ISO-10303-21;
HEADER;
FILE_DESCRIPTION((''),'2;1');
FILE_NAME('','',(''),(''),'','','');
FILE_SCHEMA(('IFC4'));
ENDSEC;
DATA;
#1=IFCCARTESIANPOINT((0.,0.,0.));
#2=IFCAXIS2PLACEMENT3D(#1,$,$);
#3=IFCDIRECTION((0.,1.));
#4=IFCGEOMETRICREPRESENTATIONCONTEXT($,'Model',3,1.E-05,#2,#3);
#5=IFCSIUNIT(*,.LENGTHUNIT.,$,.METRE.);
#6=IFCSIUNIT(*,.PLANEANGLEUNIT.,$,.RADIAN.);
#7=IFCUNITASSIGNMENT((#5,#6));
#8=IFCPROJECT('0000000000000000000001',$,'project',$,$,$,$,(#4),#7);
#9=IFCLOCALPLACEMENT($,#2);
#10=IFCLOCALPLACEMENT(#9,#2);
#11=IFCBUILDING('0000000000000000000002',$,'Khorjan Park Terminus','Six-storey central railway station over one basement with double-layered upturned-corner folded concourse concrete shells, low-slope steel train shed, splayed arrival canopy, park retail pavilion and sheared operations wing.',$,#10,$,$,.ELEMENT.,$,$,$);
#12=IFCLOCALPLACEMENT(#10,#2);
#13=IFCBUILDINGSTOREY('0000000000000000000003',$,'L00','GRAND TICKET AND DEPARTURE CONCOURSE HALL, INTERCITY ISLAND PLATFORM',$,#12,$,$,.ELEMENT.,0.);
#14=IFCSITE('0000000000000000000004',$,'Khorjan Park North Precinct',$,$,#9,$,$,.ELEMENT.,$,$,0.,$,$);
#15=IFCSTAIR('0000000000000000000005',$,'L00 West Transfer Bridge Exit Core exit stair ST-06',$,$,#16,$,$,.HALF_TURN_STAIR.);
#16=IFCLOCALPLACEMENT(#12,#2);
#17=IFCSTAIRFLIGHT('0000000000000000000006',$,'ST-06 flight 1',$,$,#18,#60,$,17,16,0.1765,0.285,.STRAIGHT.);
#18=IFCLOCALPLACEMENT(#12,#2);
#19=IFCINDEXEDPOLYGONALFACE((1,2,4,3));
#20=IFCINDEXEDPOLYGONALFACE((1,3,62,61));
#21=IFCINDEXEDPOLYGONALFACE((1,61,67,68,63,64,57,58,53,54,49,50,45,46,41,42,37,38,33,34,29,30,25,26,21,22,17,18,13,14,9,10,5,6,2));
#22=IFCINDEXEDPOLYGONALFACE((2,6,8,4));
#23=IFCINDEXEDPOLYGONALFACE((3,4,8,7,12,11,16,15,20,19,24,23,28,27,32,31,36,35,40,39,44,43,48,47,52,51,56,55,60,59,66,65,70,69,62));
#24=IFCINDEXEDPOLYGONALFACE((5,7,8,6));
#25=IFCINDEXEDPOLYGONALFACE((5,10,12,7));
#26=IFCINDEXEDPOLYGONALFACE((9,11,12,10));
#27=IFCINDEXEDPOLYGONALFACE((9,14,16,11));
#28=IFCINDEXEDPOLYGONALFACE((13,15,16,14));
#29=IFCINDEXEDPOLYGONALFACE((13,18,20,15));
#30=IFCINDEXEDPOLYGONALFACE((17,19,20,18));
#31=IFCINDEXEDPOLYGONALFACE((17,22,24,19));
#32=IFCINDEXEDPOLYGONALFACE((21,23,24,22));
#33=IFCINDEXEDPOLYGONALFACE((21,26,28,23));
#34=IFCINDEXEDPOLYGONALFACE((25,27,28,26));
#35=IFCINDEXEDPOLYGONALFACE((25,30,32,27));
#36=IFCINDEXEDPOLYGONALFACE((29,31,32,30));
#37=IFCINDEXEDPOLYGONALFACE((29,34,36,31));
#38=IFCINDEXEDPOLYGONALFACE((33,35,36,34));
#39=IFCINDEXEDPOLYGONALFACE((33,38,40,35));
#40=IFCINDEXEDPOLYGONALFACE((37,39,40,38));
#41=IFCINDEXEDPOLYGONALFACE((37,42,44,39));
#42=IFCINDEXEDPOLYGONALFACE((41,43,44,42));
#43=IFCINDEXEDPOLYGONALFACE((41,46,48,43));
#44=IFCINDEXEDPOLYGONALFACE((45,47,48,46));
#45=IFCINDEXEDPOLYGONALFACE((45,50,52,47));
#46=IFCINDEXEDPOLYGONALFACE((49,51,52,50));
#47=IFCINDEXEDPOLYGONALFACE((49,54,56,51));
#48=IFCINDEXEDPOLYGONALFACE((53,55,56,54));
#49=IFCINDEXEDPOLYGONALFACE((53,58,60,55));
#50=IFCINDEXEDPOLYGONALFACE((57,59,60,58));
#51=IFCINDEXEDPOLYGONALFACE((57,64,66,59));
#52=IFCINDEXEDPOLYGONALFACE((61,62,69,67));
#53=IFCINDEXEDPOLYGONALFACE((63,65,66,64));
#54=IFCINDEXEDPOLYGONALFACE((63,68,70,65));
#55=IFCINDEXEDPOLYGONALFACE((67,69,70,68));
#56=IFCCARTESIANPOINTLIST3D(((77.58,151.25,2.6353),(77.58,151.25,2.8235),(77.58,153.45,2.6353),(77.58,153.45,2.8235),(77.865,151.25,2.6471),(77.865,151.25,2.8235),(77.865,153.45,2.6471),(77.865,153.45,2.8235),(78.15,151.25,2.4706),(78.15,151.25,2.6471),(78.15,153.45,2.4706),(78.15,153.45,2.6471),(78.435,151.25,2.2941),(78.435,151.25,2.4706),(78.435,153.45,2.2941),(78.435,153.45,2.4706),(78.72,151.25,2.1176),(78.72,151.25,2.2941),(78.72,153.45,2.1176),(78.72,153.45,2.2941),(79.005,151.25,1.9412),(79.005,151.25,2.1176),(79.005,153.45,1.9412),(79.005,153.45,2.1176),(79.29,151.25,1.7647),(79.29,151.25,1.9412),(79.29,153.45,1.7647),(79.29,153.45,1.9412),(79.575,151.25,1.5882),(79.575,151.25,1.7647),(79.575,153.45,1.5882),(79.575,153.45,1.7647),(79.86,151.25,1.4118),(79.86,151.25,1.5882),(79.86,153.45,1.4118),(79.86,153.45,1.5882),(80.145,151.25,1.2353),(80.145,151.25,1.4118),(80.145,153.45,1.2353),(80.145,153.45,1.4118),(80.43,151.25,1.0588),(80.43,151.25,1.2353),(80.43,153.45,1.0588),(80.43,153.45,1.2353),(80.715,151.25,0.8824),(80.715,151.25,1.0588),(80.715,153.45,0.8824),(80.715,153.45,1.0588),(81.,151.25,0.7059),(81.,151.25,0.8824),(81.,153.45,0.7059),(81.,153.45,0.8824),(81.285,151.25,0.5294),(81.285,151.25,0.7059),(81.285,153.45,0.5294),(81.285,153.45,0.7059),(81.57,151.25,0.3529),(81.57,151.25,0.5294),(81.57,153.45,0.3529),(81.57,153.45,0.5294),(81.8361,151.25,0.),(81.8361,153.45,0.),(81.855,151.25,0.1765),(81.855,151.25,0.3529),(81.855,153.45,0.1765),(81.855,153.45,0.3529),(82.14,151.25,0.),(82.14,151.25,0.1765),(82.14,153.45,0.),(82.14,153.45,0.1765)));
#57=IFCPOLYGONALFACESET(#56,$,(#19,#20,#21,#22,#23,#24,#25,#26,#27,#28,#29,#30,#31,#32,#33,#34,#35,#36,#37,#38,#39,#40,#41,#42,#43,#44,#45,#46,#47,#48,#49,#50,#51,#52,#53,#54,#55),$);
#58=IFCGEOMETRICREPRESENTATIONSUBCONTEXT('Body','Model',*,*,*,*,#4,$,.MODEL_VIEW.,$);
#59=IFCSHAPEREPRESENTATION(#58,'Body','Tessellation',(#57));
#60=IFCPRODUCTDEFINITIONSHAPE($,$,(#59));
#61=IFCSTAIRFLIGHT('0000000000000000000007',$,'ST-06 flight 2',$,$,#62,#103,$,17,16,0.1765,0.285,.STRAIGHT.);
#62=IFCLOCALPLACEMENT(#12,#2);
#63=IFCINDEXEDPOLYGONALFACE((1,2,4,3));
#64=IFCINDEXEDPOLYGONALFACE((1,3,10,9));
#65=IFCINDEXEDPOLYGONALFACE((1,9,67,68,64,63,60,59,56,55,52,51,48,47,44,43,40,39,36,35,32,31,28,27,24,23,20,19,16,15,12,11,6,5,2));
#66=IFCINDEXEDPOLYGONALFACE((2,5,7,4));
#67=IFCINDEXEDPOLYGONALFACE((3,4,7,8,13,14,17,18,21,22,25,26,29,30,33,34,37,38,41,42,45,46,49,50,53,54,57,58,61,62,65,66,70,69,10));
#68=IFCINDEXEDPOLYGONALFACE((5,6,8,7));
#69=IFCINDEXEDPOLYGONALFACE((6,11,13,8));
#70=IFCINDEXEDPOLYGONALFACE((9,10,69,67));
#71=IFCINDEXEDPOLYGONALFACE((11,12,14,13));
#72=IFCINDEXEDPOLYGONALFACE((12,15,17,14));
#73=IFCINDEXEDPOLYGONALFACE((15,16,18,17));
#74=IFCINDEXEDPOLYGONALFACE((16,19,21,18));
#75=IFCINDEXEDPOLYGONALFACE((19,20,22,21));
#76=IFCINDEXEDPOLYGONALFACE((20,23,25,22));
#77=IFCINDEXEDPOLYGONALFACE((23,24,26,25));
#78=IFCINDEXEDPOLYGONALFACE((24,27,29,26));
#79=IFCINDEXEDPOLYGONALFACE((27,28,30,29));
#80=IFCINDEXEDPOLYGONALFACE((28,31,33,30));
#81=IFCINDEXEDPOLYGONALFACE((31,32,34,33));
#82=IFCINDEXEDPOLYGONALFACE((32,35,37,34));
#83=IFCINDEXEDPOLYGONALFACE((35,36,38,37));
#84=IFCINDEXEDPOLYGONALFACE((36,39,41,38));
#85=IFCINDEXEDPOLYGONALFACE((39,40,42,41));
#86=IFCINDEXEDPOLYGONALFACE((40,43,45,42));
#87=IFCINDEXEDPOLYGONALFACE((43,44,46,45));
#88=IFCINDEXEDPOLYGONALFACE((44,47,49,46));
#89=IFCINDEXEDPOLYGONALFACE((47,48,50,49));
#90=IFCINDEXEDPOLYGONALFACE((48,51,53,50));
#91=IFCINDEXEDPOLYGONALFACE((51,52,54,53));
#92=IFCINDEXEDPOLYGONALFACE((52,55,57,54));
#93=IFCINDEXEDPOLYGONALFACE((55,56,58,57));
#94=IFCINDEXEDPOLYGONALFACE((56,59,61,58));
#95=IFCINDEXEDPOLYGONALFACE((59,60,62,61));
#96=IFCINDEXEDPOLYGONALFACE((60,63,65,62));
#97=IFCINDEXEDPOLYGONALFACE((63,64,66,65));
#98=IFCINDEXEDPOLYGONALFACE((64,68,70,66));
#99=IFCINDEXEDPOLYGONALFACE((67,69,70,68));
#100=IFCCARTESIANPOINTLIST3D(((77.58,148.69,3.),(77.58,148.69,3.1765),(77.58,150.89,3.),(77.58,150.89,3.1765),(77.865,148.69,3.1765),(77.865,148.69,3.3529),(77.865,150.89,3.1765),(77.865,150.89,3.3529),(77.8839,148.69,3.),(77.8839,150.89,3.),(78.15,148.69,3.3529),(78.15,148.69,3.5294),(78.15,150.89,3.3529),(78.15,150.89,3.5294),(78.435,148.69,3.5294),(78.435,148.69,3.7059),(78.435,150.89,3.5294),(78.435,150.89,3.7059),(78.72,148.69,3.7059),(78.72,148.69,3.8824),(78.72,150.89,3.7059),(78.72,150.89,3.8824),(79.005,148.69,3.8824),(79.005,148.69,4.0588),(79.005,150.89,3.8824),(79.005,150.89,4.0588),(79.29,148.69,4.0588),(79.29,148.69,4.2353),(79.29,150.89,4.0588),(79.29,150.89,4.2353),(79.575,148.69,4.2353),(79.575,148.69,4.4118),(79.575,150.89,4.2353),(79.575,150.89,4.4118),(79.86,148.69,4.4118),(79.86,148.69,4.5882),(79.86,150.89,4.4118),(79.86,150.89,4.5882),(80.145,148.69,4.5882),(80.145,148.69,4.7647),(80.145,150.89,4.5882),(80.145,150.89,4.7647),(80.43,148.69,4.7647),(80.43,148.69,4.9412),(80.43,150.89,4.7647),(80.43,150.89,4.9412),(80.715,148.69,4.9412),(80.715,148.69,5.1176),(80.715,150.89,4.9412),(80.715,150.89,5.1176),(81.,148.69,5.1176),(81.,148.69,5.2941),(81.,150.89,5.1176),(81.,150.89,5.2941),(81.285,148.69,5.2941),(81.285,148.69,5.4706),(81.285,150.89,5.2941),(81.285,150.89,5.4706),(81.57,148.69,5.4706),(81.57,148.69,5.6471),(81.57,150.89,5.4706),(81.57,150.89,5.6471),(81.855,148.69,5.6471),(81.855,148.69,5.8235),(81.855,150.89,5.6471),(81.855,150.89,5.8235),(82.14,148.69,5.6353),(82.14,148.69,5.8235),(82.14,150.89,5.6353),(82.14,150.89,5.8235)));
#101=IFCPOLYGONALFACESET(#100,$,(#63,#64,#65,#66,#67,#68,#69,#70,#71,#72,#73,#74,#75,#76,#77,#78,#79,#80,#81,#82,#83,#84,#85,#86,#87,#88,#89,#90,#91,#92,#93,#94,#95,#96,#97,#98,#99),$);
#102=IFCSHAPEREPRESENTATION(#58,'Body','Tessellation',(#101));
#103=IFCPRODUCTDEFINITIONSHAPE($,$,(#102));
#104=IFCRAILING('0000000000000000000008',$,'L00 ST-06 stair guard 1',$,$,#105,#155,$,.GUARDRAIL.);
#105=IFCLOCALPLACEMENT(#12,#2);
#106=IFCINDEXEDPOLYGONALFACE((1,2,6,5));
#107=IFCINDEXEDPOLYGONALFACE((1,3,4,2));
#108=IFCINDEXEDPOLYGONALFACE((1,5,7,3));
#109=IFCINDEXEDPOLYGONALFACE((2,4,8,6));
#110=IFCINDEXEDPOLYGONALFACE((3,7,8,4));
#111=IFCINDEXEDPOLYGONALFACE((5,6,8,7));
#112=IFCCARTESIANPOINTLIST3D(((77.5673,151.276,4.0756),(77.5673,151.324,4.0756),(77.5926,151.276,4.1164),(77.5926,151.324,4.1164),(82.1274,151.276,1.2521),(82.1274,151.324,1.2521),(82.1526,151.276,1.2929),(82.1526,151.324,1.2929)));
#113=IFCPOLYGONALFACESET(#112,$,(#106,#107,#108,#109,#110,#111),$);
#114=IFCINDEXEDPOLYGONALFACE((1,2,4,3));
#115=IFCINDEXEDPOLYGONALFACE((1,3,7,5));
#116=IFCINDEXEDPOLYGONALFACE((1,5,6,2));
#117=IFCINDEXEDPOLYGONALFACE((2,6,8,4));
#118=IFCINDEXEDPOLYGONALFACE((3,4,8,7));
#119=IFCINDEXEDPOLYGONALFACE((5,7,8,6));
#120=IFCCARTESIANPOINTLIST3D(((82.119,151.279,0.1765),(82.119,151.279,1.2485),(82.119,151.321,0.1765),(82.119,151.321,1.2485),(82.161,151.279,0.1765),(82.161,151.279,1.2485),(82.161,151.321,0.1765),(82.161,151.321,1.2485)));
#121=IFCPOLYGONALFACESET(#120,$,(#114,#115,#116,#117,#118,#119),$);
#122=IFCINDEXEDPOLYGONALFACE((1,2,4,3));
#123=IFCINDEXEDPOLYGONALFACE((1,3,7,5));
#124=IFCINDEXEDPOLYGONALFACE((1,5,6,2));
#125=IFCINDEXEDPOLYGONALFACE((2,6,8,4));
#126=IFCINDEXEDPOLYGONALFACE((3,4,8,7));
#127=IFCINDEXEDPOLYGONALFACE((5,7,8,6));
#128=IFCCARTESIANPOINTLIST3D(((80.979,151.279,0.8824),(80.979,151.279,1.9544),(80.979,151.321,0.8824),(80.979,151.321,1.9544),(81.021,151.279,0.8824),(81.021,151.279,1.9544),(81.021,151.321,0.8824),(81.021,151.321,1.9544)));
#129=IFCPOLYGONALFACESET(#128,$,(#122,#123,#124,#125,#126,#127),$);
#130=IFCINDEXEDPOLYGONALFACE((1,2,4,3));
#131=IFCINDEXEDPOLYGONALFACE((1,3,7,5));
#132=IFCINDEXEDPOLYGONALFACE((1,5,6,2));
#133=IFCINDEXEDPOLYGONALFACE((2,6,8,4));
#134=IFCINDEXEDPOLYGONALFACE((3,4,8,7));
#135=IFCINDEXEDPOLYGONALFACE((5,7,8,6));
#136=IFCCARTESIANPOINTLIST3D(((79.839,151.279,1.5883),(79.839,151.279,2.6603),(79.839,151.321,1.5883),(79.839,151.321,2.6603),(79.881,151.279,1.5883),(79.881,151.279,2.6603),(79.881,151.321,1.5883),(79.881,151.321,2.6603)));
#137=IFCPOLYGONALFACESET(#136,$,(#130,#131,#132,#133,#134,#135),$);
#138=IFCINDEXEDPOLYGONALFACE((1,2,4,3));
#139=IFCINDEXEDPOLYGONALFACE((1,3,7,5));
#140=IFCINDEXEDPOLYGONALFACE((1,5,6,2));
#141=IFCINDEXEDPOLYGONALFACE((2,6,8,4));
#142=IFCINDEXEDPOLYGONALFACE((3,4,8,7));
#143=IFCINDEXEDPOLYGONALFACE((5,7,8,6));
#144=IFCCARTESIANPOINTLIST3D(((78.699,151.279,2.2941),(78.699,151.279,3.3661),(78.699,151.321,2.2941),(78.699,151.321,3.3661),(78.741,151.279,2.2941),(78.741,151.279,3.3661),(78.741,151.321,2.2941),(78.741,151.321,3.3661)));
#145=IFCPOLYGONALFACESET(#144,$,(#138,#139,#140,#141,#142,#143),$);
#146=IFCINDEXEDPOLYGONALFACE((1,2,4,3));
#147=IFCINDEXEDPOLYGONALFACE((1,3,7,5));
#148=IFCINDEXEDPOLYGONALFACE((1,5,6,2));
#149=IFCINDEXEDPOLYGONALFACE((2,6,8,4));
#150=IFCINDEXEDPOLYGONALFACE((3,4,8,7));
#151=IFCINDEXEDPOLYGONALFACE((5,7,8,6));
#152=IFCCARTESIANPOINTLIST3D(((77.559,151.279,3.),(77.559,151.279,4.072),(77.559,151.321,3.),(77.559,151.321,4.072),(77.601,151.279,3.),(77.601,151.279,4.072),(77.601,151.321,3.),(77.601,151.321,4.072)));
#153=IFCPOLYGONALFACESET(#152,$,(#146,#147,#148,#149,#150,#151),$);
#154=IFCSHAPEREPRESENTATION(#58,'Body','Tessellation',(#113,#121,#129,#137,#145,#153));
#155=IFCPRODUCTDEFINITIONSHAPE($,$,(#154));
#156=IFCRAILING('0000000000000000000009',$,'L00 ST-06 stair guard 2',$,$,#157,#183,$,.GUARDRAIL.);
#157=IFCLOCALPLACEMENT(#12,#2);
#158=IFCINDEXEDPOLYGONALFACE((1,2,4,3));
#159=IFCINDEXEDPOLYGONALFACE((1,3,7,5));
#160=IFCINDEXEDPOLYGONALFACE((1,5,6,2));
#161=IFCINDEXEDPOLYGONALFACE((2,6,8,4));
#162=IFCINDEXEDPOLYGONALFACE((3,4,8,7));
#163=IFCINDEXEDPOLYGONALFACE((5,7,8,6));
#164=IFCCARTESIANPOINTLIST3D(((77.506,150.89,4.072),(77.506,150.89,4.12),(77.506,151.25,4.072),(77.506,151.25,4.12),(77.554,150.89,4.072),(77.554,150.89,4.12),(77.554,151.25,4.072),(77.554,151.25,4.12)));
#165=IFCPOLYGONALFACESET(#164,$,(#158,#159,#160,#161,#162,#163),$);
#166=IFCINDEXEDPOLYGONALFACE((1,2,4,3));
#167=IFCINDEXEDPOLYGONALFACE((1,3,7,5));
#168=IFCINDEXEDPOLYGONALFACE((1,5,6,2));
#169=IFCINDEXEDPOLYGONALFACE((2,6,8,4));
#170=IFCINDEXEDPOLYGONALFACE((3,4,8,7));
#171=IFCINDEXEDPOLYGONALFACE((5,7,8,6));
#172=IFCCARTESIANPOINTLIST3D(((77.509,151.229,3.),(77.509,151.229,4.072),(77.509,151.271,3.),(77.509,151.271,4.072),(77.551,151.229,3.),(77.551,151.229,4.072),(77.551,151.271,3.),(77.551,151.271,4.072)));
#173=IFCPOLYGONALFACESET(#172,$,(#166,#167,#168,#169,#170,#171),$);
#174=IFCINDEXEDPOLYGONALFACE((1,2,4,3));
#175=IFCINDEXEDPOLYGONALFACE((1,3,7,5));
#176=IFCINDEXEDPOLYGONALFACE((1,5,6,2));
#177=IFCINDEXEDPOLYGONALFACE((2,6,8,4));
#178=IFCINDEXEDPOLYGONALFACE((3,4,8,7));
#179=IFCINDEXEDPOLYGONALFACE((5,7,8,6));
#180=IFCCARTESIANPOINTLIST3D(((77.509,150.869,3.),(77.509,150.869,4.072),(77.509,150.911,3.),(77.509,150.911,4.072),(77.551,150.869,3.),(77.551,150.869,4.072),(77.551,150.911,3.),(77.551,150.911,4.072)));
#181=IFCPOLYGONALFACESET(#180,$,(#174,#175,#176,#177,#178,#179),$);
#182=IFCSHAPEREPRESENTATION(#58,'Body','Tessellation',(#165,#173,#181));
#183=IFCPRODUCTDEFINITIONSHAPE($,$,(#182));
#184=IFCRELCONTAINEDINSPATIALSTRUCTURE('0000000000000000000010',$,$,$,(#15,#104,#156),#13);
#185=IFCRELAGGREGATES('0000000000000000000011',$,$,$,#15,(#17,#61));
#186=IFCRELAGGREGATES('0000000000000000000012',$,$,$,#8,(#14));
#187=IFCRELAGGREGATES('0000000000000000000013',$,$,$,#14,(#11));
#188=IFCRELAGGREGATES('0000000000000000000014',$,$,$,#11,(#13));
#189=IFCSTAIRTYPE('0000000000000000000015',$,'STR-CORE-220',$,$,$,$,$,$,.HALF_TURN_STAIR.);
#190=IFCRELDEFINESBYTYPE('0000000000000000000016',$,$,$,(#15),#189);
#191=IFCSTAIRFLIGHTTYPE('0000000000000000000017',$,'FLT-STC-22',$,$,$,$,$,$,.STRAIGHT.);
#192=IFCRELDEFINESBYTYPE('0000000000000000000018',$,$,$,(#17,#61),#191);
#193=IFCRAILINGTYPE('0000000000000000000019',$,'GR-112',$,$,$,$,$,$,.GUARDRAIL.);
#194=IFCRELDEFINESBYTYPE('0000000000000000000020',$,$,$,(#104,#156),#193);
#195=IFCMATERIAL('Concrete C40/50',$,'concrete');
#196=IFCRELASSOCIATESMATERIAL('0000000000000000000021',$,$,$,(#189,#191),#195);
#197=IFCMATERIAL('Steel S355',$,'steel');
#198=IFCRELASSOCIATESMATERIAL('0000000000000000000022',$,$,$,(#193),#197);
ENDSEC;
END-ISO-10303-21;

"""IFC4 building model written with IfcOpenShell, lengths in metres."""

from ifc_helpers import new_model, si_unit, direction, frame, origin, origin_2d, place, context, subcontext, project, spatial, polyline, rectangle, outline, extrude, material, type_object, element, aggregate, save


model = new_model("IFC4")

# Units and contexts
model_context = context("Model", 3, precision=1e-05, world=origin(), true_north=direction((0.0, 1.0)))
body_context = subcontext(model_context, "Body", "Model", "MODEL_VIEW")
ifc_project = project(units=[si_unit("LENGTHUNIT", "METRE"), si_unit("PLANEANGLEUNIT", "RADIAN")], contexts=[model_context])

# Site, building, storey
site_placement = place(None, origin())
site = spatial("IfcSite", under=ifc_project, at=site_placement, Name="Khorjan Park North Precinct", CompositionType="ELEMENT", RefElevation=0.0)
building_placement = place(site_placement, origin())
building = spatial("IfcBuilding", under=site, at=building_placement, Name="Khorjan Park Terminus", Description="Six-storey central railway station over one basement with double-layered upturned-corner folded concourse concrete shells, low-slope steel train shed, splayed arrival canopy, park retail pavilion and sheared operations wing.", CompositionType="ELEMENT")
storey_placement = place(building_placement, origin())
storey = spatial("IfcBuildingStorey", under=building, at=storey_placement, Name="L00", Description="GRAND TICKET AND DEPARTURE CONCOURSE HALL, INTERCITY ISLAND PLATFORM", CompositionType="ELEMENT", Elevation=0.0)

# Shared definitions
ifc_material_1 = material(Name="Steel S355", Category="steel")

# Shared definitions
ifc_material_2 = material(Name="Concrete C40/50", Category="concrete")

# Stair, stair flights
stair_type = type_object("IfcStairType", Name="STR-CORE-220", PredefinedType="HALF_TURN_STAIR", material=ifc_material_2)
stair_placement = place(storey_placement, origin())
stair = element("IfcStair", 1, at=stair_placement, inside=storey, type_object=stair_type, Name="L00 West Transfer Bridge Exit Core exit stair ST-06", PredefinedType="HALF_TURN_STAIR")
stair_flight_type = type_object("IfcStairFlightType", Name="FLT-STC-22", PredefinedType="STRAIGHT", material=ifc_material_2)
stair_flight_1_placement = place(storey_placement, frame((82.14, 152.35, 0.0), z_axis=(0.0, 0.0, 1.0), x_axis=(-1.0, 0.0, 0.0)))
stair_flight_1 = element("IfcStairFlight", 2, at=stair_flight_1_placement, type_object=stair_flight_type, Name="ST-06 flight 1", NumberOfRisers=17, NumberOfTreads=16, PredefinedType="STRAIGHT", RiserHeight=0.1765, TreadLength=0.285, context=body_context, shape_type="SweptSolid", body=[
    extrude(outline(polyline([(0.0, 0.0), (0.0, 0.1765), (0.285, 0.1765), (0.285, 0.3529), (0.57, 0.3529), (0.57, 0.5294), (0.855, 0.5294), (0.855, 0.7059), (1.14, 0.7059), (1.14, 0.8824), (1.425, 0.8824), (1.425, 1.0588), (1.71, 1.0588), (1.71, 1.2353), (1.995, 1.2353), (1.995, 1.4118), (2.28, 1.4118), (2.28, 1.5882), (2.565, 1.5882), (2.565, 1.7647), (2.85, 1.7647), (2.85, 1.9412), (3.135, 1.9412), (3.135, 2.1176), (3.42, 2.1176), (3.42, 2.2941), (3.705, 2.2941), (3.705, 2.4706), (3.99, 2.4706), (3.99, 2.6471), (4.275, 2.6471), (4.275, 2.8235), (4.56, 2.8235), (4.56, 3.0), (4.56, 2.6353), (0.3039, 0.0), (0.0, 0.0)])), frame((0.0, 1.1, 0.0), z_axis=(0.0, -1.0, 0.0), x_axis=(1.0, 0.0, 0.0)), (0.0, 0.0, 1.0), 2.2),
])
stair_flight_2_placement = place(storey_placement, frame((77.58, 149.79, 3.0), z_axis=(0.0, 0.0, 1.0), x_axis=(1.0, 0.0, 0.0)))
stair_flight_2 = element("IfcStairFlight", 3, at=stair_flight_2_placement, type_object=stair_flight_type, Name="ST-06 flight 2", NumberOfRisers=17, NumberOfTreads=16, PredefinedType="STRAIGHT", RiserHeight=0.1765, TreadLength=0.285, context=body_context, shape_type="SweptSolid", body=[
    extrude(outline(polyline([(0.0, 0.0), (0.0, 0.1765), (0.285, 0.1765), (0.285, 0.3529), (0.57, 0.3529), (0.57, 0.5294), (0.855, 0.5294), (0.855, 0.7059), (1.14, 0.7059), (1.14, 0.8824), (1.425, 0.8824), (1.425, 1.0588), (1.71, 1.0588), (1.71, 1.2353), (1.995, 1.2353), (1.995, 1.4118), (2.28, 1.4118), (2.28, 1.5882), (2.565, 1.5882), (2.565, 1.7647), (2.85, 1.7647), (2.85, 1.9412), (3.135, 1.9412), (3.135, 2.1176), (3.42, 2.1176), (3.42, 2.2941), (3.705, 2.2941), (3.705, 2.4706), (3.99, 2.4706), (3.99, 2.6471), (4.275, 2.6471), (4.275, 2.8235), (4.56, 2.8235), (4.56, 3.0), (4.56, 2.6353), (0.3039, 0.0), (0.0, 0.0)])), frame((0.0, 1.1, 0.0), z_axis=(0.0, -1.0, 0.0), x_axis=(1.0, 0.0, 0.0)), (0.0, 0.0, 1.0), 2.2),
])
aggregate(stair, [stair_flight_1, stair_flight_2])

# Railings
railing_type_1 = type_object("IfcRailingType", Name="GR-112", PredefinedType="GUARDRAIL", material=ifc_material_1)
railing_1_placement = place(storey_placement, frame((82.14, 151.3, 0.1765)))
element("IfcRailing", 4, at=railing_1_placement, inside=storey, type_object=railing_type_1, Name="L00 ST-06 stair guard 1", PredefinedType="GUARDRAIL", context=body_context, shape_type="SweptSolid", body=[
    extrude(rectangle(XDim=0.048, YDim=0.048, at=origin_2d()), frame((0.0, 0.0, 1.096), z_axis=(-0.850211, 0.0, 0.526441), x_axis=(0.0, -1.0, 0.0)), (0.0, 0.0, 1.0), 5.3634),
    extrude(rectangle(XDim=0.042, YDim=0.042, at=origin_2d()), origin(), (0.0, 0.0, 1.0), 1.072),
    extrude(rectangle(XDim=0.042, YDim=0.042, at=origin_2d()), frame((-1.14, 0.0, 0.7059)), (0.0, 0.0, 1.0), 1.072),
    extrude(rectangle(XDim=0.042, YDim=0.042, at=origin_2d()), frame((-2.28, 0.0, 1.4118)), (0.0, 0.0, 1.0), 1.072),
    extrude(rectangle(XDim=0.042, YDim=0.042, at=origin_2d()), frame((-3.42, 0.0, 2.1176)), (0.0, 0.0, 1.0), 1.072),
    extrude(rectangle(XDim=0.042, YDim=0.042, at=origin_2d()), frame((-4.56, 0.0, 2.8235)), (0.0, 0.0, 1.0), 1.072),
])
railing_2_placement = place(storey_placement, frame((77.53, 151.25, 3.0)))
element("IfcRailing", 5, at=railing_2_placement, inside=storey, type_object=railing_type_1, Name="L00 ST-06 stair guard 2", PredefinedType="GUARDRAIL", context=body_context, shape_type="SweptSolid", body=[
    extrude(rectangle(XDim=0.048, YDim=0.048, at=origin_2d()), frame((0.0, 0.0, 1.096), z_axis=(0.0, -1.0, 0.0), x_axis=(1.0, 0.0, 0.0)), (0.0, 0.0, 1.0), 0.36),
    extrude(rectangle(XDim=0.042, YDim=0.042, at=origin_2d()), origin(), (0.0, 0.0, 1.0), 1.072),
    extrude(rectangle(XDim=0.042, YDim=0.042, at=origin_2d()), frame((0.0, -0.36, 0.0)), (0.0, 0.0, 1.0), 1.072),
])

save(model, "model.ifc")
